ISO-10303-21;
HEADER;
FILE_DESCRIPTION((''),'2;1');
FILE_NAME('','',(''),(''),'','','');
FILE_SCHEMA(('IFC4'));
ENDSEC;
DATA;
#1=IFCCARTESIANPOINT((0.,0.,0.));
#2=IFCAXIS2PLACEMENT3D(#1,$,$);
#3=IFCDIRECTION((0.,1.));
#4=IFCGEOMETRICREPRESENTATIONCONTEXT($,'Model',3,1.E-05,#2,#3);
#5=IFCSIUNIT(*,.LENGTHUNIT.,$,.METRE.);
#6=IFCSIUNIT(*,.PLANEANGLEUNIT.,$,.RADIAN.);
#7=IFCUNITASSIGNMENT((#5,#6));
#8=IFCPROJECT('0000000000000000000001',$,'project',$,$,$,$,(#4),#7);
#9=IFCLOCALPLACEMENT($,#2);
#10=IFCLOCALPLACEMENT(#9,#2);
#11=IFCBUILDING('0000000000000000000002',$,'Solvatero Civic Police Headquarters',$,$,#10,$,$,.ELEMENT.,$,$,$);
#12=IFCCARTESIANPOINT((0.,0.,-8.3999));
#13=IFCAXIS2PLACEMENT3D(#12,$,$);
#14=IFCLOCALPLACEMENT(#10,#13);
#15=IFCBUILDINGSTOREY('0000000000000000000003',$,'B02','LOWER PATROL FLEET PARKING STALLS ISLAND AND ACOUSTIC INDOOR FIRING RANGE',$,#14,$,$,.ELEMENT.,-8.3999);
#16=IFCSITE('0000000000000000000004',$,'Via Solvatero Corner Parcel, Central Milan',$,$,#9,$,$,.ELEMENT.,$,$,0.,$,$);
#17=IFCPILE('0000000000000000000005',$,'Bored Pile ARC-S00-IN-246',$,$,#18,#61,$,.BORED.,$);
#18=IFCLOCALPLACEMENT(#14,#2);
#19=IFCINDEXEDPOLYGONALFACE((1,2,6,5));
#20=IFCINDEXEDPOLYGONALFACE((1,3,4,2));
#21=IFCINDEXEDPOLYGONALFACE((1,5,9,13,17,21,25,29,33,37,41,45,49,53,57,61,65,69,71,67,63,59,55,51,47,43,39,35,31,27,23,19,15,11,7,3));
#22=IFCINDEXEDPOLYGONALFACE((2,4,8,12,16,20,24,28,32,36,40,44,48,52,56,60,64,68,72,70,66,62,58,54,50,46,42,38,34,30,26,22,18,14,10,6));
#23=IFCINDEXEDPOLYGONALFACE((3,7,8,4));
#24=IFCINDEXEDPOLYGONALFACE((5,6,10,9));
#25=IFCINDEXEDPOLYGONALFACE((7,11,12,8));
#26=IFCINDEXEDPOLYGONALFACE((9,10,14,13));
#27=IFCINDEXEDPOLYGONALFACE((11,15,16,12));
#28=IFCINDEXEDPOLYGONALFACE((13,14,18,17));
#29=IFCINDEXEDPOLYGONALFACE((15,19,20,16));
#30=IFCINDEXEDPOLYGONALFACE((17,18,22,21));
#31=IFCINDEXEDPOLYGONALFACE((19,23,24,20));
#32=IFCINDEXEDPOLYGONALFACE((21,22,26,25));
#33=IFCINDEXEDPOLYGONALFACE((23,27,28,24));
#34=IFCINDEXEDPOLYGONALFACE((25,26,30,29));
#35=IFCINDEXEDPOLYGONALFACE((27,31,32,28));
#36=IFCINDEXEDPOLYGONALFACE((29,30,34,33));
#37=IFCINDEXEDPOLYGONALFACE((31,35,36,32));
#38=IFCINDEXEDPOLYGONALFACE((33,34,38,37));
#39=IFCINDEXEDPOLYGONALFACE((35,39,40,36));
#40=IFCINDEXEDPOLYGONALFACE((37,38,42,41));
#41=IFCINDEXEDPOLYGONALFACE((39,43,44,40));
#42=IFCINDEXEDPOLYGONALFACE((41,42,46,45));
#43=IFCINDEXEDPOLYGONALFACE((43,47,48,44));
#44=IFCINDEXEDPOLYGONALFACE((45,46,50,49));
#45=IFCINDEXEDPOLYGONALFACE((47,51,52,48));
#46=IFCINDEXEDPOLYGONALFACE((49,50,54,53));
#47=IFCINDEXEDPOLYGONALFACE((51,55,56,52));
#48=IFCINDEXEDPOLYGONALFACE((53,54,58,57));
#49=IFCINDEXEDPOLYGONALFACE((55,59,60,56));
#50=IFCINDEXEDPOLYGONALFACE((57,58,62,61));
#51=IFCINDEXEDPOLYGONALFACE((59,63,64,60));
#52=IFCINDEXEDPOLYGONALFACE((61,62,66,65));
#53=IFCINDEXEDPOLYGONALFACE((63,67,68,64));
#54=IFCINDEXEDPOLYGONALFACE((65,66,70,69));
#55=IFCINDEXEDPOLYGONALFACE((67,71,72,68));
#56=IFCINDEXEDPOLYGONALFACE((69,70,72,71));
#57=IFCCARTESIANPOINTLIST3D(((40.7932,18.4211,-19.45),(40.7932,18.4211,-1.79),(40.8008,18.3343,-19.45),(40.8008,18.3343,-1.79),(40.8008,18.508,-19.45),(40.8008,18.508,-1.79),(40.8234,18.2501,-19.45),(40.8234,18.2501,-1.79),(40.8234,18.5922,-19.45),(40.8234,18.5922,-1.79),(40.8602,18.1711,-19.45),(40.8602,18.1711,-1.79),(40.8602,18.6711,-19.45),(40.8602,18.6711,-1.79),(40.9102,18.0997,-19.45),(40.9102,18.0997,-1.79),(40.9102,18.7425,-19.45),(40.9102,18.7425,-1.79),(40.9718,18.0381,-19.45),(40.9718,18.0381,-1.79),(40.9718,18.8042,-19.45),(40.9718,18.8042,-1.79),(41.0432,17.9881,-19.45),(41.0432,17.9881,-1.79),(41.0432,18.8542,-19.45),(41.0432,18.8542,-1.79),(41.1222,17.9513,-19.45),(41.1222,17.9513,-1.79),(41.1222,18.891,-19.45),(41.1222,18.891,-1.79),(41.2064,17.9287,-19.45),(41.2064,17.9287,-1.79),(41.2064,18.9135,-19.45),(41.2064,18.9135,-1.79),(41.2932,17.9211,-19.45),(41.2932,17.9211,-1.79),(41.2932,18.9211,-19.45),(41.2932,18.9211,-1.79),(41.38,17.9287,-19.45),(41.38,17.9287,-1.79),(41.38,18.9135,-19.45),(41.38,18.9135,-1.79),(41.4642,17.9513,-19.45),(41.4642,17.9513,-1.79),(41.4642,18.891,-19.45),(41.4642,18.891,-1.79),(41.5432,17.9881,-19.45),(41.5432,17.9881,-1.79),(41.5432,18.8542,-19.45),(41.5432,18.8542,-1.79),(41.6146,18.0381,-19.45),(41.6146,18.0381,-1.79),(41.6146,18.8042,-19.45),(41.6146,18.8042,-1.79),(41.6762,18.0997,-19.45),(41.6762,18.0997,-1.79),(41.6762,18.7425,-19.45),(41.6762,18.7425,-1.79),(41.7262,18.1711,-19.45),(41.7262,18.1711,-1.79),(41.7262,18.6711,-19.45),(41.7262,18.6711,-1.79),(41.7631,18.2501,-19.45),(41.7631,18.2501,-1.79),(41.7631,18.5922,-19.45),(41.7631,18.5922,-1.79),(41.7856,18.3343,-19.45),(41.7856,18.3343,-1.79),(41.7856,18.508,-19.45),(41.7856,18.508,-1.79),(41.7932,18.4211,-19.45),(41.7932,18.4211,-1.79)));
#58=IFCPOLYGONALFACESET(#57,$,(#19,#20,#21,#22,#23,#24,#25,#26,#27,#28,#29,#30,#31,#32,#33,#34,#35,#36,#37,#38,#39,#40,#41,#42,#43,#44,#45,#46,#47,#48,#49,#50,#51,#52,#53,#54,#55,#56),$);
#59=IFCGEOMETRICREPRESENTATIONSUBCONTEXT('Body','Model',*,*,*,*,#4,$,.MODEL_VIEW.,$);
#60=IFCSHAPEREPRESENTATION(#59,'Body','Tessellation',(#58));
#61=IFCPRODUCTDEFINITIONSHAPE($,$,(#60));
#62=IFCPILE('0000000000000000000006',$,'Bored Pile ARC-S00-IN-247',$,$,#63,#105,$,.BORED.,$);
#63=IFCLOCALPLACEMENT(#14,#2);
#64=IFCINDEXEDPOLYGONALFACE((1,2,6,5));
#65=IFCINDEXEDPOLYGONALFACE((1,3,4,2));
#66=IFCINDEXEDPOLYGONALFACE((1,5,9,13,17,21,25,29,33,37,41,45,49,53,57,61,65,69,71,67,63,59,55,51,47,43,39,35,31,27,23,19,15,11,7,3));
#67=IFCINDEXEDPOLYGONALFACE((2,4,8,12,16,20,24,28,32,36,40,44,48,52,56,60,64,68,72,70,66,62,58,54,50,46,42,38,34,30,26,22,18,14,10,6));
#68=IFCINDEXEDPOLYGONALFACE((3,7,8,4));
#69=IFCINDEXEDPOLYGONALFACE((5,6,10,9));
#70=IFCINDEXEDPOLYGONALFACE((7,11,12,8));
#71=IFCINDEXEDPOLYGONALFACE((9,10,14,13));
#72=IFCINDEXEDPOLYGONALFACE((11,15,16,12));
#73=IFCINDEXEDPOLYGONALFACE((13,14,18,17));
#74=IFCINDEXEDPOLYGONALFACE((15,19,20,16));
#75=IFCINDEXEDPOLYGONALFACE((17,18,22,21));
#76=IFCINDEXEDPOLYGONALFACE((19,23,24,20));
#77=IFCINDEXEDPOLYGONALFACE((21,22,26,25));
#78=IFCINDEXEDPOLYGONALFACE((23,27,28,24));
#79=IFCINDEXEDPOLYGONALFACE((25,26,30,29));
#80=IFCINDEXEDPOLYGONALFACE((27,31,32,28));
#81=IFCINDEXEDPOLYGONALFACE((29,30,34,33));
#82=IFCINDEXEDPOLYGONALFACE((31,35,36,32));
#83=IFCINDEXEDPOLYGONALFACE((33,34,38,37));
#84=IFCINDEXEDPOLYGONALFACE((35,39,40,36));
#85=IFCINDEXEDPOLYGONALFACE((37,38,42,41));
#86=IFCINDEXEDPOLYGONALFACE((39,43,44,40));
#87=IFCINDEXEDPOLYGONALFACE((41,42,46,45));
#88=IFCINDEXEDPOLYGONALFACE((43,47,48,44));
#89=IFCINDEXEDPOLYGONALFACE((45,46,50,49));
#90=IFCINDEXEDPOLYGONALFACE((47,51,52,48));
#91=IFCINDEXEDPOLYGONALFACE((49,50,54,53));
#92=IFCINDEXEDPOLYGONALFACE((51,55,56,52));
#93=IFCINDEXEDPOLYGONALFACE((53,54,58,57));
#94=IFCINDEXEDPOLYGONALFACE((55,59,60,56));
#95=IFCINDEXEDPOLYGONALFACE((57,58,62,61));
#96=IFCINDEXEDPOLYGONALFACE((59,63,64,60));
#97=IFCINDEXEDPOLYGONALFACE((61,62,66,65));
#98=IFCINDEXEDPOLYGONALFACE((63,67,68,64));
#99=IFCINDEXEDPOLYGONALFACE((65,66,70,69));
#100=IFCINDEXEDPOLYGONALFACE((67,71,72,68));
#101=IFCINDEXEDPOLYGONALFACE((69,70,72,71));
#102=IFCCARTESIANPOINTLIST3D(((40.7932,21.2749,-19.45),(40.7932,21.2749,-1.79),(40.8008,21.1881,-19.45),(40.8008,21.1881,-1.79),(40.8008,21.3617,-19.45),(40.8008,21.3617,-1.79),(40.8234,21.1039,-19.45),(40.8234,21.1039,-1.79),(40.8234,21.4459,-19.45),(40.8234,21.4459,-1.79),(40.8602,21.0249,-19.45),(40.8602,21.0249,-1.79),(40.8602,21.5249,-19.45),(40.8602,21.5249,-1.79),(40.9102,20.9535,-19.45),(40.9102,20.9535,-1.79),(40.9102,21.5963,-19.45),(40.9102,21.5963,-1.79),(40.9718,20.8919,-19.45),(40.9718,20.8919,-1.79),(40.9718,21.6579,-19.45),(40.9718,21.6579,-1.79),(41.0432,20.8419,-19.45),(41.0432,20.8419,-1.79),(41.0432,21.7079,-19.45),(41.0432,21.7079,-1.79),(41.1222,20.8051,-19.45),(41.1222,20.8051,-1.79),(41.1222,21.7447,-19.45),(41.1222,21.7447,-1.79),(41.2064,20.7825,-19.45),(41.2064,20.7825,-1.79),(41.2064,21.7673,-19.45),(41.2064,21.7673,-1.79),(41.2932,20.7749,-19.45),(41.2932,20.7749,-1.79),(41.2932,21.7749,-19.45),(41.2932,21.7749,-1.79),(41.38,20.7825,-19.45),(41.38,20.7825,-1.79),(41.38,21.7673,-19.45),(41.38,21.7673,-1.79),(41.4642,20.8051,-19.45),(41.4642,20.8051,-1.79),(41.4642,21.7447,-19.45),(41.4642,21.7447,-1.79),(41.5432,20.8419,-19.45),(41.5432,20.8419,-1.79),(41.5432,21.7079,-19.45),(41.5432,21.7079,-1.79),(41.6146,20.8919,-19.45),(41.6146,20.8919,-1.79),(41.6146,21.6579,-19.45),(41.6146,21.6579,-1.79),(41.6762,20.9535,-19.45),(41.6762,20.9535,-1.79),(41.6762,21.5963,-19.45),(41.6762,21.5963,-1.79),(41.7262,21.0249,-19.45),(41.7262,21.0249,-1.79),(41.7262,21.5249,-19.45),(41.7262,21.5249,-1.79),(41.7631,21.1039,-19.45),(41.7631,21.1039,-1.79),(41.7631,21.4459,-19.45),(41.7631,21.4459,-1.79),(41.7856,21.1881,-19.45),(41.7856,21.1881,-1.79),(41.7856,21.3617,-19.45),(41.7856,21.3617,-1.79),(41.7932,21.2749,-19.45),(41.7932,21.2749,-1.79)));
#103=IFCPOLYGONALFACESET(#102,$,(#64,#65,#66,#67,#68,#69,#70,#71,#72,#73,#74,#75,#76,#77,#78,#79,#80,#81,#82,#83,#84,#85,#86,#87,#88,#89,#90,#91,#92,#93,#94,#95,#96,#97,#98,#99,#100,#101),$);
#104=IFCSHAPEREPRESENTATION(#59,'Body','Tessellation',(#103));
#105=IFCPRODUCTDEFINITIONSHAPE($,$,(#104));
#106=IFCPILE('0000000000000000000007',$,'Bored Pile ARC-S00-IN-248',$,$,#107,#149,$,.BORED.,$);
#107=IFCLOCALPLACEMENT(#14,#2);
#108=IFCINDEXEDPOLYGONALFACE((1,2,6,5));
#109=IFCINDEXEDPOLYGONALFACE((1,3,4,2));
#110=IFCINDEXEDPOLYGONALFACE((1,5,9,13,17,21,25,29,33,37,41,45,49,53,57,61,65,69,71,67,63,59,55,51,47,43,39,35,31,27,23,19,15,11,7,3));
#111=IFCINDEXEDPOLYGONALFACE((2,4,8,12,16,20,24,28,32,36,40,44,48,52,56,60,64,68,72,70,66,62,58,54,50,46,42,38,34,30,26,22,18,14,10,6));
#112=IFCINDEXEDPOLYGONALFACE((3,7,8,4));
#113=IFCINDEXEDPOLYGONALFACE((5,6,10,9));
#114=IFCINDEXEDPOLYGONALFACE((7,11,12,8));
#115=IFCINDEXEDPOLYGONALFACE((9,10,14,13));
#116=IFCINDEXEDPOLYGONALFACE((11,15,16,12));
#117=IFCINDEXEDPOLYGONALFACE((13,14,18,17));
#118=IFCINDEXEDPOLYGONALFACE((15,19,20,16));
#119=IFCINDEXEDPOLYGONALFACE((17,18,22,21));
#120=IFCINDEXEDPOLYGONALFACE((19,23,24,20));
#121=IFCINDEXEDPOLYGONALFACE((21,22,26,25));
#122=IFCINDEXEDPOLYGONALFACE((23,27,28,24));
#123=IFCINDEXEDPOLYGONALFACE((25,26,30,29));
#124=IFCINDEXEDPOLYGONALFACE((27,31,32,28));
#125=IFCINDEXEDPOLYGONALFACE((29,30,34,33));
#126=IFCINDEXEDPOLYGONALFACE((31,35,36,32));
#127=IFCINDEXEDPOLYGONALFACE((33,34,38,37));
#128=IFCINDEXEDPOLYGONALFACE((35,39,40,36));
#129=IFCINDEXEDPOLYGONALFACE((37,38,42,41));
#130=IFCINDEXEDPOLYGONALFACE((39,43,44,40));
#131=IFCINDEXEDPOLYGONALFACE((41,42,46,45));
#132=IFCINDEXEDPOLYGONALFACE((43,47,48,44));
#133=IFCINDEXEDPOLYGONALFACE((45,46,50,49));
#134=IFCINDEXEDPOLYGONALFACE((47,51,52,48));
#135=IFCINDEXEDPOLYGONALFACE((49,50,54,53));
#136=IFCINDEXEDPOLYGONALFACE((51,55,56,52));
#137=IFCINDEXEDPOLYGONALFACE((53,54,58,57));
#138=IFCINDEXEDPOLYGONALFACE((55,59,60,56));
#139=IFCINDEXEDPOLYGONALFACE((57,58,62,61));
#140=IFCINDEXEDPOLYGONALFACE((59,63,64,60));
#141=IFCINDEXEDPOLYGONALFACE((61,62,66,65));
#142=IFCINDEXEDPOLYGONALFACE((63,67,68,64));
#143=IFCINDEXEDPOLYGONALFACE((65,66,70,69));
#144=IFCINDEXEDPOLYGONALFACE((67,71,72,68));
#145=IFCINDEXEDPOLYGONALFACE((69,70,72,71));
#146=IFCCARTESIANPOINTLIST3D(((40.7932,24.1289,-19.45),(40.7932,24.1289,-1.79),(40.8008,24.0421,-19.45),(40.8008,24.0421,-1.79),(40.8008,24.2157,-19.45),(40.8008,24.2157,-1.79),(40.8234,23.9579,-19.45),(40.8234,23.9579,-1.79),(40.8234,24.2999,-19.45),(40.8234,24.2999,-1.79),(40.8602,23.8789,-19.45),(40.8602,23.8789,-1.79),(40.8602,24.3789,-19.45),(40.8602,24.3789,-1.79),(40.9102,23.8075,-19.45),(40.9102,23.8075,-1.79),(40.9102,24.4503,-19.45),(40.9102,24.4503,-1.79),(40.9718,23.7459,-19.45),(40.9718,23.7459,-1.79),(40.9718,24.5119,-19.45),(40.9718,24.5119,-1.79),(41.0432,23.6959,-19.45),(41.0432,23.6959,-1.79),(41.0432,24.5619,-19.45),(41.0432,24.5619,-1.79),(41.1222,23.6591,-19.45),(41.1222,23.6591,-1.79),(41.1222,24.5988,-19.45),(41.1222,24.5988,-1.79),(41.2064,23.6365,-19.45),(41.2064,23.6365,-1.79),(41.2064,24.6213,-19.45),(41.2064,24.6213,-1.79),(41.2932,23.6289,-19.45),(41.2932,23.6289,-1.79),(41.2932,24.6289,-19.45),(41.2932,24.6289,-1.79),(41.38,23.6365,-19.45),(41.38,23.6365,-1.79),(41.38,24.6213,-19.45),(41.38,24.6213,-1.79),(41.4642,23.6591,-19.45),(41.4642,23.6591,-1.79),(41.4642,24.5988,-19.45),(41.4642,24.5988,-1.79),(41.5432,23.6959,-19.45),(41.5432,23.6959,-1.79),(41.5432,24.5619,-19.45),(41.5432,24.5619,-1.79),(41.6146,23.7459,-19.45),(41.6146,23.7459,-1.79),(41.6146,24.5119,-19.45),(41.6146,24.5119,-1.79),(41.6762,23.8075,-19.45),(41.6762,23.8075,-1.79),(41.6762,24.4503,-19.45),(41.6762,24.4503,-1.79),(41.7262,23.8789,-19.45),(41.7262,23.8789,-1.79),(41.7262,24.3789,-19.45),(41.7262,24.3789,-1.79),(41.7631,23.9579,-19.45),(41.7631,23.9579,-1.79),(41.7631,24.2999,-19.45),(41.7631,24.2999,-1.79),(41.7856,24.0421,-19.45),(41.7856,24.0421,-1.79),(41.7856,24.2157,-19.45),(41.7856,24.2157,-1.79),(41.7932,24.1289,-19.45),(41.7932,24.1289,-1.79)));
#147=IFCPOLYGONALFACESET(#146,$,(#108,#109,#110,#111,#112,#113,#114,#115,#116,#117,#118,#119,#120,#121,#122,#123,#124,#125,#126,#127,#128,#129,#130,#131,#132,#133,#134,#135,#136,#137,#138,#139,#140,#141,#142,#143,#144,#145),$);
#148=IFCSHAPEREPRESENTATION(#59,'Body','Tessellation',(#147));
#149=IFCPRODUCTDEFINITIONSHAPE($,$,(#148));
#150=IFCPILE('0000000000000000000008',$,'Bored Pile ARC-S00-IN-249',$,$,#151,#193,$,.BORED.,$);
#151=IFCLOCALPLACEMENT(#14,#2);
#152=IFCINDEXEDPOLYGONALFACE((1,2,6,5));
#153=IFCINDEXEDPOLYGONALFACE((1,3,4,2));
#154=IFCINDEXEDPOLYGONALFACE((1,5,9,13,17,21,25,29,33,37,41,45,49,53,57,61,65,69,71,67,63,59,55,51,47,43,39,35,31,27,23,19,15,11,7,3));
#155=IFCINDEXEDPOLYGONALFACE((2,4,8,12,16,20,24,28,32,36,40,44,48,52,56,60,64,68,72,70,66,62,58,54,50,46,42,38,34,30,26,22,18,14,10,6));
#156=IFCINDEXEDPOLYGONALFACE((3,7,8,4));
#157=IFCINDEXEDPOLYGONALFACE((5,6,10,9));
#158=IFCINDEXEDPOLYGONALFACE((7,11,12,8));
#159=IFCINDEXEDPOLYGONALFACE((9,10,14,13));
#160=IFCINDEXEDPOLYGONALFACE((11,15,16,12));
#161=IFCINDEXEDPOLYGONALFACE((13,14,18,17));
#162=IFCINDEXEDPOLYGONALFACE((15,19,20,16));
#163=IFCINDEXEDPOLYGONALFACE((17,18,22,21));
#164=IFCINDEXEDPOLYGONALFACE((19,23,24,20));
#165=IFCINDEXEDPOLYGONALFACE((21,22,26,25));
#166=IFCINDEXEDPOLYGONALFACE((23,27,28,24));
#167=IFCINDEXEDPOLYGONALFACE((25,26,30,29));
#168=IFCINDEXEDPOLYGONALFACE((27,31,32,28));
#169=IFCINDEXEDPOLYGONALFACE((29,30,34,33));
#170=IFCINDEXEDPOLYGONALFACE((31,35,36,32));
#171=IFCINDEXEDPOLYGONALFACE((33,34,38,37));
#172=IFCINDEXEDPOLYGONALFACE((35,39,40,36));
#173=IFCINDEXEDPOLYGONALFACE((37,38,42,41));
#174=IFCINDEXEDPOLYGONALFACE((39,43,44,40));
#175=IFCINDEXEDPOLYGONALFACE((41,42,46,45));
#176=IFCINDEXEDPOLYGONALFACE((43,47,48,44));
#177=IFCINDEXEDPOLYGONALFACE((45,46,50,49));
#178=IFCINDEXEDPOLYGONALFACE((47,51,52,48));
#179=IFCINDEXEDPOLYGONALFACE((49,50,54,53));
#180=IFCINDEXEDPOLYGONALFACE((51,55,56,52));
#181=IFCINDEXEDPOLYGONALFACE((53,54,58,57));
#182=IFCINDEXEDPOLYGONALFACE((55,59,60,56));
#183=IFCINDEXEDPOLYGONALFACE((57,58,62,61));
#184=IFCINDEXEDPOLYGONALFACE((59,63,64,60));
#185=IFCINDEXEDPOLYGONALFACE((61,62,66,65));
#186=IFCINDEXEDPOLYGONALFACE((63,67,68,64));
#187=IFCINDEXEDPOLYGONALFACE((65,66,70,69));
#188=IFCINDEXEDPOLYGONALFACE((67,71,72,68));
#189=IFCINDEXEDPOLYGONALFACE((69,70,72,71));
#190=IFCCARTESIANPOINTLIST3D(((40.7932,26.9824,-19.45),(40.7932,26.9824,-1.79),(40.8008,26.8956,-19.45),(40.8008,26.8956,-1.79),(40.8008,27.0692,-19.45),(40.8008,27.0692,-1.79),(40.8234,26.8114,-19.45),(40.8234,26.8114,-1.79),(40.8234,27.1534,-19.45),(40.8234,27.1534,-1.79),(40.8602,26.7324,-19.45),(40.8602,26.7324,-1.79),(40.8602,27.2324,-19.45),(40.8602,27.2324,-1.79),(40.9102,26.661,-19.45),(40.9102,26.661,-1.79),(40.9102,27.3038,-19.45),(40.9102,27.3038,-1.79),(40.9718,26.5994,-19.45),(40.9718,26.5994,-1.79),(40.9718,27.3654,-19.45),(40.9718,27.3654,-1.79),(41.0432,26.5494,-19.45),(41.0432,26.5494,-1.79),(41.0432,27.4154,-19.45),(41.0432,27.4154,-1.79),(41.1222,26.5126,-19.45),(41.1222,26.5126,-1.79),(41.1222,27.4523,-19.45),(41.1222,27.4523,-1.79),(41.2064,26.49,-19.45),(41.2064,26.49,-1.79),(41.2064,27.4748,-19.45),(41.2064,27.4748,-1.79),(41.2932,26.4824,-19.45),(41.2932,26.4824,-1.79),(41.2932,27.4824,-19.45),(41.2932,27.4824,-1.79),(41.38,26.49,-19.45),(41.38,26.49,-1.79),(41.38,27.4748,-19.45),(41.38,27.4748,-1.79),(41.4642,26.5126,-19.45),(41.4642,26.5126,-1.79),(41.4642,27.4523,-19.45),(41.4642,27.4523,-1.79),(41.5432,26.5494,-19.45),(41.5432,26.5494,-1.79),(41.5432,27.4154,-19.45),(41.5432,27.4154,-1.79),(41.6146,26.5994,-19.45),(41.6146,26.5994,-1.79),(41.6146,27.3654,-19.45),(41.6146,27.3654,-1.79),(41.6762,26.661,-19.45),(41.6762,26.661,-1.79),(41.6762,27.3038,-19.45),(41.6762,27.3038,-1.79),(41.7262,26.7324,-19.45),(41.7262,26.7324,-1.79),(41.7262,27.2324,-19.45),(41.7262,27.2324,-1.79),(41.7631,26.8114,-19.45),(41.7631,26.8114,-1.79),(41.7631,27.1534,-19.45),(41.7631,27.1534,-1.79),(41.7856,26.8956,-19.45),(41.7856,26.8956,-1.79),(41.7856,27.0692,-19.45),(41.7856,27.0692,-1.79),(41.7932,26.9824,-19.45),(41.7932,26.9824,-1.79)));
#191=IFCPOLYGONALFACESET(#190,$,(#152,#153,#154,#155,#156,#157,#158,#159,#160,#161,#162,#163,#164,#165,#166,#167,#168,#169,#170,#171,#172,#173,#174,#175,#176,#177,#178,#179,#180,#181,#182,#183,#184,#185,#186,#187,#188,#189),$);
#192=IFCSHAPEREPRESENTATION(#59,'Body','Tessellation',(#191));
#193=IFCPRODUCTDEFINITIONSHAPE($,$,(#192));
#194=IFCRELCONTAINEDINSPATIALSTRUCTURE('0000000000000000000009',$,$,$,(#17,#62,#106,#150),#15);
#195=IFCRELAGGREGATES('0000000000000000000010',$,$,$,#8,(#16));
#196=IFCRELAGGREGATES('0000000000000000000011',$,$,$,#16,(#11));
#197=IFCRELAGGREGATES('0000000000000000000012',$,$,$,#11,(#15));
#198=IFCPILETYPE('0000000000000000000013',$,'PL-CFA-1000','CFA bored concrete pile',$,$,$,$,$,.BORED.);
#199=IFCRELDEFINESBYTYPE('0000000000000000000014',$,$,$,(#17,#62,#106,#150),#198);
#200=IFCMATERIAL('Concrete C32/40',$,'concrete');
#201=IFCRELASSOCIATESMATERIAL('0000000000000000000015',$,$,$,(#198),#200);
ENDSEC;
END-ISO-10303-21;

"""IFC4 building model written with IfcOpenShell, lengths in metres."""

from ifc_helpers import new_model, si_unit, direction, frame, origin, origin_2d, place, context, subcontext, project, spatial, circle, extrude, material, material_profile, profile_set, type_object, element, save


model = new_model("IFC4")

# Units and contexts
model_context = context("Model", 3, precision=1e-05, world=origin(), true_north=direction((0.0, 1.0)))
body_context = subcontext(model_context, "Body", "Model", "MODEL_VIEW")
ifc_project = project(units=[si_unit("LENGTHUNIT", "METRE"), si_unit("PLANEANGLEUNIT", "RADIAN")], contexts=[model_context])

# Site, building, storey
site_placement = place(None, origin())
site = spatial("IfcSite", under=ifc_project, at=site_placement, Name="Via Solvatero Corner Parcel, Central Milan", CompositionType="ELEMENT", RefElevation=0.0)
building_placement = place(site_placement, origin())
building = spatial("IfcBuilding", under=site, at=building_placement, Name="Solvatero Civic Police Headquarters", CompositionType="ELEMENT")
storey_placement = place(building_placement, frame((0.0, 0.0, -8.3999)))
storey = spatial("IfcBuildingStorey", under=building, at=storey_placement, Name="B02", Description="LOWER PATROL FLEET PARKING STALLS ISLAND AND ACOUSTIC INDOOR FIRING RANGE", CompositionType="ELEMENT", Elevation=-8.3999)

# Piles
ifc_material_1 = material(Name="Concrete C32/40", Category="concrete")
ifc_material_profile_1 = material_profile(ifc_material_1, circle(Radius=0.5, at=origin_2d()), Name="CFA PILE D1000")
ifc_profile_set_1 = profile_set([ifc_material_profile_1], Name="Concrete C32/40")
pile_type = type_object("IfcPileType", Name="PL-CFA-1000", Description="CFA bored concrete pile", PredefinedType="BORED", material=ifc_profile_set_1)
for number, where, z_axis, x_axis, name in (
    (1, (41.2932, 18.4211, -1.79), (0.0, 0.0, -1.0), (1.0, 0.0, 0.0), "Bored Pile ARC-S00-IN-246"),
    (2, (41.2932, 21.2749, -1.79), (0.0, 0.0, -1.0), (1.0, 0.0, 0.0), "Bored Pile ARC-S00-IN-247"),
    (3, (41.2932, 24.1289, -1.79), (0.0, 0.0, -1.0), (1.0, 0.0, 0.0), "Bored Pile ARC-S00-IN-248"),
    (4, (41.2932, 26.9824, -1.79), (0.0, 0.0, -1.0), (1.0, 0.0, 0.0), "Bored Pile ARC-S00-IN-249"),
):
    element("IfcPile", number, at=place(storey_placement, frame(where, z_axis=z_axis, x_axis=x_axis)), inside=storey, type_object=pile_type, Name=name, PredefinedType="BORED", context=body_context, shape_type="SweptSolid", body=[
        extrude(circle(Radius=0.5, at=origin_2d()), origin(), (0.0, 0.0, 1.0), 17.6599),
    ])

save(model, "model.ifc")
